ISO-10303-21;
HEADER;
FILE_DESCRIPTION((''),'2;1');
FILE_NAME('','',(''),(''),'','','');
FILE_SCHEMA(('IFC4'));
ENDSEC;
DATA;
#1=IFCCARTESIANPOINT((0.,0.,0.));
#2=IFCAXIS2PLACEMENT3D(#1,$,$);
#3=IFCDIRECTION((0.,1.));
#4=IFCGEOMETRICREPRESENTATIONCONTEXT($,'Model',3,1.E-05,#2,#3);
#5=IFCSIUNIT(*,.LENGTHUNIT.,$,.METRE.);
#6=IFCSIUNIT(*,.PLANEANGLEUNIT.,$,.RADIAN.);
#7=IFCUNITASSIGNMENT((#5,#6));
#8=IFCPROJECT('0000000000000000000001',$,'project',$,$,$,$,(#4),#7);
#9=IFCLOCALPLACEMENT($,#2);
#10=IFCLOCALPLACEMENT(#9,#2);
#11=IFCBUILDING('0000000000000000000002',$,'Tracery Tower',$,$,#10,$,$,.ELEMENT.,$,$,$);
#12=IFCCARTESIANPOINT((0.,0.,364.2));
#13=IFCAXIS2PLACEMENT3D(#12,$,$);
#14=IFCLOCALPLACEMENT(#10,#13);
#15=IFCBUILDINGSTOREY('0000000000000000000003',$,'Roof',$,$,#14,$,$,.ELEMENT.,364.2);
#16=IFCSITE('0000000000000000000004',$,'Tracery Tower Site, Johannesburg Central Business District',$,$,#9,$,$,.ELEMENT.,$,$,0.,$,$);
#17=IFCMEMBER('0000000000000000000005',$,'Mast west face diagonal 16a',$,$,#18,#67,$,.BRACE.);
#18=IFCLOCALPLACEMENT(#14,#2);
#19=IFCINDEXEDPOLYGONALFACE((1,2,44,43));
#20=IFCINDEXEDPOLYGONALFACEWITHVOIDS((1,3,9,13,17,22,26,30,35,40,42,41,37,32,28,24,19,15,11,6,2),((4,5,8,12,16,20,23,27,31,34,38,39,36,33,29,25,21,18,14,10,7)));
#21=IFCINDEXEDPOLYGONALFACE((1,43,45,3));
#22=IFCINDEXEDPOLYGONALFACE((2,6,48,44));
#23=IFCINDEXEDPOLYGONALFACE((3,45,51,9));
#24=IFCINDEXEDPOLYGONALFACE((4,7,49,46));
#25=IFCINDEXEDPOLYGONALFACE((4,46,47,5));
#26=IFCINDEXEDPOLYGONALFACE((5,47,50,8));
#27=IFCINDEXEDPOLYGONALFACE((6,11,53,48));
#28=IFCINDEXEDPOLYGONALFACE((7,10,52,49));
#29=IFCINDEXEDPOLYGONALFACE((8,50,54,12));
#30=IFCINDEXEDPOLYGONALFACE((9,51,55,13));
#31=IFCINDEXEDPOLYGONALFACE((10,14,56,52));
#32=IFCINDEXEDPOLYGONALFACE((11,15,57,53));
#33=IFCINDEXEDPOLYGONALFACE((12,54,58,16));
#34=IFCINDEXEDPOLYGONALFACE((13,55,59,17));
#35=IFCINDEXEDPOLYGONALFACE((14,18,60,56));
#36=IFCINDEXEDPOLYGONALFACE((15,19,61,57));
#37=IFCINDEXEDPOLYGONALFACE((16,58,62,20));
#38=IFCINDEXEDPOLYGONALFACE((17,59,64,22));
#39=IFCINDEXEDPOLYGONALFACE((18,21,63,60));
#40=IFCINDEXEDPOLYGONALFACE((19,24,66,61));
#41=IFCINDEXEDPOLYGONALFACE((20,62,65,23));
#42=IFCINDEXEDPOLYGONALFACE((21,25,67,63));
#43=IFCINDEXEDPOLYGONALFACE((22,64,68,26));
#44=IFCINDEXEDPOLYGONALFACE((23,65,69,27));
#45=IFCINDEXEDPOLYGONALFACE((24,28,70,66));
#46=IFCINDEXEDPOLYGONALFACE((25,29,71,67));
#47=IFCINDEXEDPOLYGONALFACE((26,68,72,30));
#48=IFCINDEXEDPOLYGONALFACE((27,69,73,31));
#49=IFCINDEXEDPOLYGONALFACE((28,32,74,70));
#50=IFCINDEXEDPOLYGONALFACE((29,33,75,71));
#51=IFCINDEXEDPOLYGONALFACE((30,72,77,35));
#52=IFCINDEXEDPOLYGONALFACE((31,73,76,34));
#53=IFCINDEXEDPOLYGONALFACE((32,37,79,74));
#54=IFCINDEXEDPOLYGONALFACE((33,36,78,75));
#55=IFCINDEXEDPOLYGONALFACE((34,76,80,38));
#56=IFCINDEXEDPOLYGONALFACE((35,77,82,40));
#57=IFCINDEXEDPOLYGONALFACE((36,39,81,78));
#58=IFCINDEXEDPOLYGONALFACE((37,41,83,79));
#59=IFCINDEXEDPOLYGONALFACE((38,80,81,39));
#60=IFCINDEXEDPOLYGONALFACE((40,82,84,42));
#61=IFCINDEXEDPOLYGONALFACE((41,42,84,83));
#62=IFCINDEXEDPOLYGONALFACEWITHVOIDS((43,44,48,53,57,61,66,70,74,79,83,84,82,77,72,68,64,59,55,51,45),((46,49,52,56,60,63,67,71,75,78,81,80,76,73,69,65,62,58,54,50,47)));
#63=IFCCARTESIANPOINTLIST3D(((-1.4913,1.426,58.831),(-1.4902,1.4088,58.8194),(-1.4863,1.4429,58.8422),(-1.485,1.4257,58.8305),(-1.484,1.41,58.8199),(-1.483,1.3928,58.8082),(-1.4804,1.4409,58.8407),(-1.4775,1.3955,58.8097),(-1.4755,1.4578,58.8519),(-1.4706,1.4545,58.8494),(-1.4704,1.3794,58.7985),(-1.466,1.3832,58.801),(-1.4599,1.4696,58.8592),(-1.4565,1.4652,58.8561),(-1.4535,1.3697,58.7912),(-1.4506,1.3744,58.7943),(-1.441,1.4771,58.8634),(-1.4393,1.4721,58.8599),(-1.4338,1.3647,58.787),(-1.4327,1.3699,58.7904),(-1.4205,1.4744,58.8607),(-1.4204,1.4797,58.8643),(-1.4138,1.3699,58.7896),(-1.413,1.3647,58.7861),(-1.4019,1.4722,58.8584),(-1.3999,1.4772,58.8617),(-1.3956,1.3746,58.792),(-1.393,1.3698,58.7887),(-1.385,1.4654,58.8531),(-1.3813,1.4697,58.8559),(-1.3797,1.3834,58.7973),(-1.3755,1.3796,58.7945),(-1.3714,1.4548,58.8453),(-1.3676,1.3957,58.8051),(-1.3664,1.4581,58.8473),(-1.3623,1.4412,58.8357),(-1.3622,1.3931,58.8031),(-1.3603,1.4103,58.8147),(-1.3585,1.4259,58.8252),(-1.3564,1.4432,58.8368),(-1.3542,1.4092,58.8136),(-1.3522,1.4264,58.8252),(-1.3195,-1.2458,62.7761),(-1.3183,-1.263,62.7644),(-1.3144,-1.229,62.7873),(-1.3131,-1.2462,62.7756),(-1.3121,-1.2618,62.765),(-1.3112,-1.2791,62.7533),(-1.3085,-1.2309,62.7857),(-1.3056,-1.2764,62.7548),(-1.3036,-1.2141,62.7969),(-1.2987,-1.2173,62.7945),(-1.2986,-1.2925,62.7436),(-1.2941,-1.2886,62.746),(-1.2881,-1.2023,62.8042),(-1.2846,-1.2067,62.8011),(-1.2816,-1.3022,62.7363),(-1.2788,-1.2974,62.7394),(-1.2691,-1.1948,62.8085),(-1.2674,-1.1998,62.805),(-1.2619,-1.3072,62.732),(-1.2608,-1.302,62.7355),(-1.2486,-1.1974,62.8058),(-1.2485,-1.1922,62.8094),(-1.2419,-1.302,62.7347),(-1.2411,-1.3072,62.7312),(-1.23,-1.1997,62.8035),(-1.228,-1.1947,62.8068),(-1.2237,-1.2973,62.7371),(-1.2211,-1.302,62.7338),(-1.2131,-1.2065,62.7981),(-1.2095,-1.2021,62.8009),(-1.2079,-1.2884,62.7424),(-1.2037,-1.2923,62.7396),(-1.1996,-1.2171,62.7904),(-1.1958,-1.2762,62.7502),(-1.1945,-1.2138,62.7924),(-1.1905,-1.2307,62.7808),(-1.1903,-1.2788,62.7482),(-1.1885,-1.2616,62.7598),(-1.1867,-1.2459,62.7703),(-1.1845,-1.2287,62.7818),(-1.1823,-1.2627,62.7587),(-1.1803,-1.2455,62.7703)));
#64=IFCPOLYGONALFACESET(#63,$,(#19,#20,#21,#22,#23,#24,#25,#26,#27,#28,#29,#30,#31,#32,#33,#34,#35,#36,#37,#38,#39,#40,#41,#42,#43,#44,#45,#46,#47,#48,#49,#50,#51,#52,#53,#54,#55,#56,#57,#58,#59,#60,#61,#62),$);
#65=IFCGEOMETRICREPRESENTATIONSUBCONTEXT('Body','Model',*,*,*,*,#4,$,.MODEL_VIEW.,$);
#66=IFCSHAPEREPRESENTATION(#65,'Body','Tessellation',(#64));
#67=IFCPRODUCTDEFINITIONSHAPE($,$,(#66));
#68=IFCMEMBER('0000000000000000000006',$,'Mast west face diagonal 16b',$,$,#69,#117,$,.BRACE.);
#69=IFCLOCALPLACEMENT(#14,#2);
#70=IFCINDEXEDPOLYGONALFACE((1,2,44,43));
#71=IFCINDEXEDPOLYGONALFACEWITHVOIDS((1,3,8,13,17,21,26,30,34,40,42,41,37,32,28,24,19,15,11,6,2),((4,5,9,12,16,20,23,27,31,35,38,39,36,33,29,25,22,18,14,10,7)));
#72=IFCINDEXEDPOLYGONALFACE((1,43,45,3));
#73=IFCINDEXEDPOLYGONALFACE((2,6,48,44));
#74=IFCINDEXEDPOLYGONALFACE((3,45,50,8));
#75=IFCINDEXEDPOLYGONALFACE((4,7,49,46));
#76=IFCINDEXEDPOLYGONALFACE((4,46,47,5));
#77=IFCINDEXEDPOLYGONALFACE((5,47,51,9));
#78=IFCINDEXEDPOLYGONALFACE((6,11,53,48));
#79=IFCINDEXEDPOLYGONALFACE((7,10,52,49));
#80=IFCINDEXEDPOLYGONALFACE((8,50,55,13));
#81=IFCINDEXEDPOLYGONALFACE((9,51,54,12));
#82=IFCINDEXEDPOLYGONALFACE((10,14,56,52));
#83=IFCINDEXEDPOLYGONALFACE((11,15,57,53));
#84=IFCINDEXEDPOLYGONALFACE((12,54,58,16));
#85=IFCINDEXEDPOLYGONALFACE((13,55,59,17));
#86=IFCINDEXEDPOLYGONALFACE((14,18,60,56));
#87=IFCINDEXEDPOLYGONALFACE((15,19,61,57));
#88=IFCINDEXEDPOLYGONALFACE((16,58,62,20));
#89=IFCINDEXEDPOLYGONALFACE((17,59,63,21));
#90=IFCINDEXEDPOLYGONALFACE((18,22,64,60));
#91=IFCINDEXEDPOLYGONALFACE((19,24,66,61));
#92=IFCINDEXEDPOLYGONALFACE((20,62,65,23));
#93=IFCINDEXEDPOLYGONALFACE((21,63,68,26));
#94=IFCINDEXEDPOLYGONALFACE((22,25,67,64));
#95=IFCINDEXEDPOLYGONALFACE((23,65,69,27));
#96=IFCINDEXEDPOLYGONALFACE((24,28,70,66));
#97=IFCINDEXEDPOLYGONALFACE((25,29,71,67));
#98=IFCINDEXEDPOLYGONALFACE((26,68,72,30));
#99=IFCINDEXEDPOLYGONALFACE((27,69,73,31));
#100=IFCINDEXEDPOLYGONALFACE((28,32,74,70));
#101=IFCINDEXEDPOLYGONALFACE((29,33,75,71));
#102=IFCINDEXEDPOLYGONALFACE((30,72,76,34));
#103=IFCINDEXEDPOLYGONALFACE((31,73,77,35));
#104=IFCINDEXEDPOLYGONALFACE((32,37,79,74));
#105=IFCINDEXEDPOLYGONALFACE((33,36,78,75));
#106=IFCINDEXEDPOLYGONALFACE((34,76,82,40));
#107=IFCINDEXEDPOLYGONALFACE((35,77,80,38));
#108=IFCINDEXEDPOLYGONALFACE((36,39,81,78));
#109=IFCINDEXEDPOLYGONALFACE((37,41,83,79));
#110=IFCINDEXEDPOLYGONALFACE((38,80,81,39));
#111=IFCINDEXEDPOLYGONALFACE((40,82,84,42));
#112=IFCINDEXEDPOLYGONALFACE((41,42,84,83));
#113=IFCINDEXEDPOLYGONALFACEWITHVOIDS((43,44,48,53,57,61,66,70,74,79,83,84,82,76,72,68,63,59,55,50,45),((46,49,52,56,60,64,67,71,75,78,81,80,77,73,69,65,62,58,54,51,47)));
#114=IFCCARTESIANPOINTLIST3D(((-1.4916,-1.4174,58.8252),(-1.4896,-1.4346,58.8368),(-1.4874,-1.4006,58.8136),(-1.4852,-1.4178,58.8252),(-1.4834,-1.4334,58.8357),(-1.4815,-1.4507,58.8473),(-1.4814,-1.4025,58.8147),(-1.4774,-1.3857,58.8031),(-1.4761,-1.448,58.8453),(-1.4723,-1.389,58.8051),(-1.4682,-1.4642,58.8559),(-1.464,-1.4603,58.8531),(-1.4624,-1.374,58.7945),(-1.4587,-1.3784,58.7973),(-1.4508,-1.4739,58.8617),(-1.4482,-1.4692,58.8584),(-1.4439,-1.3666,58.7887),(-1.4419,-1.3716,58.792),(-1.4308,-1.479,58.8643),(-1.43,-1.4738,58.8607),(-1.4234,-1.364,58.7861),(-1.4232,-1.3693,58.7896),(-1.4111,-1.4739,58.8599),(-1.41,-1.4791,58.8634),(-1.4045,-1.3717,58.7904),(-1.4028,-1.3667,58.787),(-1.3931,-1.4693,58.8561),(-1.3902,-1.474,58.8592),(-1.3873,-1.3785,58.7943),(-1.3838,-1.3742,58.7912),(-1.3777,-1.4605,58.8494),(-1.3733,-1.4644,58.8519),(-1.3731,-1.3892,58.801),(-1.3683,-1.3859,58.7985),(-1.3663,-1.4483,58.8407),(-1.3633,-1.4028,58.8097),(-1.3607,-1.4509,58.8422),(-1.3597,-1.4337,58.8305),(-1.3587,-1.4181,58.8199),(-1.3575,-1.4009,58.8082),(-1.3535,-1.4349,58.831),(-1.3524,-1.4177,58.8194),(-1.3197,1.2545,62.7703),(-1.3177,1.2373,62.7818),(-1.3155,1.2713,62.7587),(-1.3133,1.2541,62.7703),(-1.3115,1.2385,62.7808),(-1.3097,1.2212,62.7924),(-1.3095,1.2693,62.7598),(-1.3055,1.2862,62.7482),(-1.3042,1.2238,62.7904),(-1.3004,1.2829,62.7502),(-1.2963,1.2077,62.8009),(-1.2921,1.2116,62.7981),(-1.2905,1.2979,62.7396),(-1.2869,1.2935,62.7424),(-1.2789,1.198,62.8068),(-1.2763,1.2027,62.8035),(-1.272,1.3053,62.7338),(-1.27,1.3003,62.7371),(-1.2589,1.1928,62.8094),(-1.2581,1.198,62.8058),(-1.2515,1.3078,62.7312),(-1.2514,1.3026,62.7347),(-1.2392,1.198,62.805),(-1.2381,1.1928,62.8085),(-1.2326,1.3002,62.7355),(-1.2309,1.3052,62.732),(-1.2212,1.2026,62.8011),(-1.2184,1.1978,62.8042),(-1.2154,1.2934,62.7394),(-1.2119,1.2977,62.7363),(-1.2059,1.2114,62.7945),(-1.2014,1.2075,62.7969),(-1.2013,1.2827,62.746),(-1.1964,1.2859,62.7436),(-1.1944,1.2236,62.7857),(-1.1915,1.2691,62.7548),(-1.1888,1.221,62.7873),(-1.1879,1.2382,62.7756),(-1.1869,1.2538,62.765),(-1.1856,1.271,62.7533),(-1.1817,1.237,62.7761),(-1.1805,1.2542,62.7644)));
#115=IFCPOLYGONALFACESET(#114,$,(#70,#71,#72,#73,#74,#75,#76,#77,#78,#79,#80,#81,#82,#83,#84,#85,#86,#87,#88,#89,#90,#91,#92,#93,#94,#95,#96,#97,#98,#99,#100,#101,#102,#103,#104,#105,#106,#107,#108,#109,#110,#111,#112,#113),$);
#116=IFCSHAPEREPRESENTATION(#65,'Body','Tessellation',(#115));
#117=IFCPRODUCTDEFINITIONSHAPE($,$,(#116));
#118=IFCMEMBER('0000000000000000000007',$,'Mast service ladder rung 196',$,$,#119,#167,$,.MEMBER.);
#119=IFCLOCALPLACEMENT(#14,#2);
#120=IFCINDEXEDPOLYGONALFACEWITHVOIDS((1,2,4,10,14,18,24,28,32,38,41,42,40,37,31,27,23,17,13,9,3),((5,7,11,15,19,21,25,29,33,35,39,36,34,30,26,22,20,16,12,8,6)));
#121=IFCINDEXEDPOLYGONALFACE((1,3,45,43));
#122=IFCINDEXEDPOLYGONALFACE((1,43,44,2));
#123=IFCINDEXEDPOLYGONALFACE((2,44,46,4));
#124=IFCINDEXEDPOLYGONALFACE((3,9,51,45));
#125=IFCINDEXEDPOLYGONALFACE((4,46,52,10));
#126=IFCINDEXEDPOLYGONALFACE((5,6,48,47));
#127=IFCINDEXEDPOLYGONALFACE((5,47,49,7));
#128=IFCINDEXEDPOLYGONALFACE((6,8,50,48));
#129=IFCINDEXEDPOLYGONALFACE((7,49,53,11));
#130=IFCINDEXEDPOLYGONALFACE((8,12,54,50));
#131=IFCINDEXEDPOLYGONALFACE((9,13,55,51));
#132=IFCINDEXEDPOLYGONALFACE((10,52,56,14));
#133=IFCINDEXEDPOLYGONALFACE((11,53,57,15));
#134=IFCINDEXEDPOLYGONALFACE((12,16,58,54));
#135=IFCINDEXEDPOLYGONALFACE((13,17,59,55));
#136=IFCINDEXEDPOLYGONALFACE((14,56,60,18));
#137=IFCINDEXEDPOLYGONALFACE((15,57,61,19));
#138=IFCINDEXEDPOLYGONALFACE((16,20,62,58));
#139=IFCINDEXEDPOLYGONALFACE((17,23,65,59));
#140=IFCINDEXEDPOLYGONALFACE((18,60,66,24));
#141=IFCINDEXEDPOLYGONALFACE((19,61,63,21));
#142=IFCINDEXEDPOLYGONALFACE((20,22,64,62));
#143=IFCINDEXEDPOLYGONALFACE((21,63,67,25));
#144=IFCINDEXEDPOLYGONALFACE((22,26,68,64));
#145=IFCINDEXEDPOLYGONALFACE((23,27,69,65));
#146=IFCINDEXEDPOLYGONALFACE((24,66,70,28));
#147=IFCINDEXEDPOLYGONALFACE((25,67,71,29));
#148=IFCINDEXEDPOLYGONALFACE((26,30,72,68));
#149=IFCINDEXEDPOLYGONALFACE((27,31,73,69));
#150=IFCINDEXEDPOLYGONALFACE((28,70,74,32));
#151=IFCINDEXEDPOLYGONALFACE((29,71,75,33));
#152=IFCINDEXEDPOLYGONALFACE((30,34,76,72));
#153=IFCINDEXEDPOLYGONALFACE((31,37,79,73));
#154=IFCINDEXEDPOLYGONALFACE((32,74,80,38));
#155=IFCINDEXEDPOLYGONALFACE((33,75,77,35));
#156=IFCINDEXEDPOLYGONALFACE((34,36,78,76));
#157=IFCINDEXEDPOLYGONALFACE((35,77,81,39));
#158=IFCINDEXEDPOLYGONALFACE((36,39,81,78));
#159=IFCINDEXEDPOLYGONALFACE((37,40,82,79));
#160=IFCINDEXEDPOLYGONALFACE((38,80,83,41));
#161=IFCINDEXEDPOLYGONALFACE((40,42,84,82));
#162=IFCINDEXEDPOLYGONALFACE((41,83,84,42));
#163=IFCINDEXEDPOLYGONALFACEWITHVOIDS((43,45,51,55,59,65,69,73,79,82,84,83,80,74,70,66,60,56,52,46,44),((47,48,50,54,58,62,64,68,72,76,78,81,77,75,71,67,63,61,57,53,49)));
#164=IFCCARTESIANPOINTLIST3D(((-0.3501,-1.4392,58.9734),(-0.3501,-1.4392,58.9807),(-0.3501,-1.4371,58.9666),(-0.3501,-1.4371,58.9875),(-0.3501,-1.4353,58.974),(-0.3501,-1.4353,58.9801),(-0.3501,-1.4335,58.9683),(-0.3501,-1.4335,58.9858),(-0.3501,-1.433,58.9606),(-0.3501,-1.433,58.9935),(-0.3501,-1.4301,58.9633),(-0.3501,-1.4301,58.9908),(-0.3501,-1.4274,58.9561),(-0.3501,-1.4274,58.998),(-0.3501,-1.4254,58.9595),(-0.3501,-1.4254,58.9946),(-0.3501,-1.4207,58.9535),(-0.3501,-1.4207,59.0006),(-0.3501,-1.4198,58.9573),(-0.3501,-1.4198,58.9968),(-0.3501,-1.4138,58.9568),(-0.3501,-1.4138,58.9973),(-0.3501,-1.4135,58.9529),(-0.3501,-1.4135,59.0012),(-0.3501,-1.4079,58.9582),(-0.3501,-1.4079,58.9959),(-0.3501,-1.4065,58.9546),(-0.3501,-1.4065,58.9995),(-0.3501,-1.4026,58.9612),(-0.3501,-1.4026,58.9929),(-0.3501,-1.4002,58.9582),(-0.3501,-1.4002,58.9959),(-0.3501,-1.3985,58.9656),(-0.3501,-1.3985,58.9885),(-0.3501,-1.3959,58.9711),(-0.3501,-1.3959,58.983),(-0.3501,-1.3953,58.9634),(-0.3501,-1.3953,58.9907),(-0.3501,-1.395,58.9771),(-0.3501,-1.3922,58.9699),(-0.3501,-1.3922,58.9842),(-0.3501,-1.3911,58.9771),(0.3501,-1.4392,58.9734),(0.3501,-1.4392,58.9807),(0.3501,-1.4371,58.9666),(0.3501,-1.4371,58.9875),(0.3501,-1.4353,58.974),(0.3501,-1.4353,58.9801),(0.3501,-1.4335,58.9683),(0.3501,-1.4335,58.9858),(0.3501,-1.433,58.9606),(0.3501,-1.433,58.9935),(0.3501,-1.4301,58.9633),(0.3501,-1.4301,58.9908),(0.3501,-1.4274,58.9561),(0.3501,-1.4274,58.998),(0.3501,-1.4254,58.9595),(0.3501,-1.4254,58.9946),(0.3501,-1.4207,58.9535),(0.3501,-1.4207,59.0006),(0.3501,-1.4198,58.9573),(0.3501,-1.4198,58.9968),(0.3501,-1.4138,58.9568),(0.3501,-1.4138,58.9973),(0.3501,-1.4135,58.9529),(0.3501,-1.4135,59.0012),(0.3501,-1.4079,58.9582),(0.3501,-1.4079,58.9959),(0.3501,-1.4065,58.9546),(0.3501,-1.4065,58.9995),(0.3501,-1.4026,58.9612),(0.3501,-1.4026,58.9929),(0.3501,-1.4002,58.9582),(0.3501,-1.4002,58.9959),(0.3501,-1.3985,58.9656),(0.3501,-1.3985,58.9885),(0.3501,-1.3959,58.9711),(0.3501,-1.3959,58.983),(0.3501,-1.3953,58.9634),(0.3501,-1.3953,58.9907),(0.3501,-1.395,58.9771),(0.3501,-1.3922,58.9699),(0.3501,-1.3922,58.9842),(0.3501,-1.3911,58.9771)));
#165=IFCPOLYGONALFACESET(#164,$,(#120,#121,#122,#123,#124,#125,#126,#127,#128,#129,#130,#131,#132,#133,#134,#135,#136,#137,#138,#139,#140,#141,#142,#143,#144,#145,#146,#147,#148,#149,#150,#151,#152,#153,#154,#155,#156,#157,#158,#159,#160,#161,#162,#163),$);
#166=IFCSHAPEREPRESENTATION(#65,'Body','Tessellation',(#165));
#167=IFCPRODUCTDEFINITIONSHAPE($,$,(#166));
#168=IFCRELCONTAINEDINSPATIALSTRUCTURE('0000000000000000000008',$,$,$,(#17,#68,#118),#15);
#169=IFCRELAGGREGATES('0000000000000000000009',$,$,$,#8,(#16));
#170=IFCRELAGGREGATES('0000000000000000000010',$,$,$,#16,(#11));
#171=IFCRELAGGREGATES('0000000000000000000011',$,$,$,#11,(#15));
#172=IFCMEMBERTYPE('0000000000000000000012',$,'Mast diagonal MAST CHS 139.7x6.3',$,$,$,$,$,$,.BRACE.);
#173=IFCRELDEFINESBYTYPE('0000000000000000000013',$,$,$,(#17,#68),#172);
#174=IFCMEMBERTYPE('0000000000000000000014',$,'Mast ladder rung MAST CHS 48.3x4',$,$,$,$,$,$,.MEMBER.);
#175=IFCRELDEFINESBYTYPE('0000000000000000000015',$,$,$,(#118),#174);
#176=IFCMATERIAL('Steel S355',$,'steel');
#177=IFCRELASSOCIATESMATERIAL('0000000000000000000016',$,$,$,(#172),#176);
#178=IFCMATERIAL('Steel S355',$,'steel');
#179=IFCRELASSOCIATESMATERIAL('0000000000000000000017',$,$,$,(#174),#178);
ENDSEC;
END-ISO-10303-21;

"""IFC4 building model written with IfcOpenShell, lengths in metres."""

from ifc_helpers import new_model, si_unit, direction, frame, origin, origin_2d, place, context, subcontext, project, spatial, hollow_circle, extrude, material, material_profile, profile_set, type_object, element, save


model = new_model("IFC4")

# Units and contexts
model_context = context("Model", 3, precision=1e-05, world=origin(), true_north=direction((0.0, 1.0)))
body_context = subcontext(model_context, "Body", "Model", "MODEL_VIEW")
ifc_project = project(units=[si_unit("LENGTHUNIT", "METRE"), si_unit("PLANEANGLEUNIT", "RADIAN")], contexts=[model_context])

# Site, building, storey
site_placement = place(None, origin())
site = spatial("IfcSite", under=ifc_project, at=site_placement, Name="Tracery Tower Site, Johannesburg Central Business District", CompositionType="ELEMENT", RefElevation=0.0)
building_placement = place(site_placement, origin())
building = spatial("IfcBuilding", under=site, at=building_placement, Name="Tracery Tower", CompositionType="ELEMENT")
storey_placement = place(building_placement, frame((0.0, 0.0, 364.2)))
storey = spatial("IfcBuildingStorey", under=building, at=storey_placement, Name="Roof", CompositionType="ELEMENT", Elevation=364.2)

# Members
ifc_material_1 = material(Name="Steel S355", Category="steel")
ifc_material_profile_1 = material_profile(ifc_material_1, hollow_circle(Radius=0.0698, WallThickness=0.0063, at=origin_2d()), Name="CHS 139.7x6.3")
ifc_profile_set_1 = profile_set([ifc_material_profile_1], Name="Steel S355")
member_type_1 = type_object("IfcMemberType", Name="Mast diagonal MAST CHS 139.7x6.3", PredefinedType="BRACE", material=ifc_profile_set_1)
for number, where, z_axis, x_axis, name in (
    (1, (-1.4219, 1.4219, 58.8252), (0.036049, -0.560399, 0.827438), (0.997937, 0.064195, 0.0), "Mast west face diagonal 16a"),
    (2, (-1.4219, -1.4219, 58.8252), (0.036049, 0.560399, 0.827438), (-0.997937, 0.064195, 0.0), "Mast west face diagonal 16b"),
):
    element("IfcMember", number, at=place(storey_placement, frame(where, z_axis=z_axis, x_axis=x_axis)), inside=storey, type_object=member_type_1, Name=name, PredefinedType="BRACE", context=body_context, shape_type="SweptSolid", body=[
        extrude(hollow_circle(Radius=0.0698, WallThickness=0.0063, at=origin_2d()), origin(), (0.0, 0.0, 1.0), 4.7678),
    ])
ifc_material_2 = material(Name="Steel S355", Category="steel")
ifc_material_profile_2 = material_profile(ifc_material_2, hollow_circle(Radius=0.0242, WallThickness=0.0039, at=origin_2d()), Name="CHS 48.3x4")
ifc_profile_set_2 = profile_set([ifc_material_profile_2], Name="Steel S355")
member_type_2 = type_object("IfcMemberType", Name="Mast ladder rung MAST CHS 48.3x4", PredefinedType="MEMBER", material=ifc_profile_set_2)
for number, where, z_axis, x_axis, name in (
    (3, (-0.3501, -1.4153, 58.9771), (1.0, 0.0, 0.0), (0.0, 1.0, 0.0), "Mast service ladder rung 196"),
):
    element("IfcMember", number, at=place(storey_placement, frame(where, z_axis=z_axis, x_axis=x_axis)), inside=storey, type_object=member_type_2, Name=name, PredefinedType="MEMBER", context=body_context, shape_type="SweptSolid", body=[
        extrude(hollow_circle(Radius=0.0242, WallThickness=0.0039, at=origin_2d()), origin(), (0.0, 0.0, 1.0), 0.7002),
    ])

save(model, "model.ifc")
